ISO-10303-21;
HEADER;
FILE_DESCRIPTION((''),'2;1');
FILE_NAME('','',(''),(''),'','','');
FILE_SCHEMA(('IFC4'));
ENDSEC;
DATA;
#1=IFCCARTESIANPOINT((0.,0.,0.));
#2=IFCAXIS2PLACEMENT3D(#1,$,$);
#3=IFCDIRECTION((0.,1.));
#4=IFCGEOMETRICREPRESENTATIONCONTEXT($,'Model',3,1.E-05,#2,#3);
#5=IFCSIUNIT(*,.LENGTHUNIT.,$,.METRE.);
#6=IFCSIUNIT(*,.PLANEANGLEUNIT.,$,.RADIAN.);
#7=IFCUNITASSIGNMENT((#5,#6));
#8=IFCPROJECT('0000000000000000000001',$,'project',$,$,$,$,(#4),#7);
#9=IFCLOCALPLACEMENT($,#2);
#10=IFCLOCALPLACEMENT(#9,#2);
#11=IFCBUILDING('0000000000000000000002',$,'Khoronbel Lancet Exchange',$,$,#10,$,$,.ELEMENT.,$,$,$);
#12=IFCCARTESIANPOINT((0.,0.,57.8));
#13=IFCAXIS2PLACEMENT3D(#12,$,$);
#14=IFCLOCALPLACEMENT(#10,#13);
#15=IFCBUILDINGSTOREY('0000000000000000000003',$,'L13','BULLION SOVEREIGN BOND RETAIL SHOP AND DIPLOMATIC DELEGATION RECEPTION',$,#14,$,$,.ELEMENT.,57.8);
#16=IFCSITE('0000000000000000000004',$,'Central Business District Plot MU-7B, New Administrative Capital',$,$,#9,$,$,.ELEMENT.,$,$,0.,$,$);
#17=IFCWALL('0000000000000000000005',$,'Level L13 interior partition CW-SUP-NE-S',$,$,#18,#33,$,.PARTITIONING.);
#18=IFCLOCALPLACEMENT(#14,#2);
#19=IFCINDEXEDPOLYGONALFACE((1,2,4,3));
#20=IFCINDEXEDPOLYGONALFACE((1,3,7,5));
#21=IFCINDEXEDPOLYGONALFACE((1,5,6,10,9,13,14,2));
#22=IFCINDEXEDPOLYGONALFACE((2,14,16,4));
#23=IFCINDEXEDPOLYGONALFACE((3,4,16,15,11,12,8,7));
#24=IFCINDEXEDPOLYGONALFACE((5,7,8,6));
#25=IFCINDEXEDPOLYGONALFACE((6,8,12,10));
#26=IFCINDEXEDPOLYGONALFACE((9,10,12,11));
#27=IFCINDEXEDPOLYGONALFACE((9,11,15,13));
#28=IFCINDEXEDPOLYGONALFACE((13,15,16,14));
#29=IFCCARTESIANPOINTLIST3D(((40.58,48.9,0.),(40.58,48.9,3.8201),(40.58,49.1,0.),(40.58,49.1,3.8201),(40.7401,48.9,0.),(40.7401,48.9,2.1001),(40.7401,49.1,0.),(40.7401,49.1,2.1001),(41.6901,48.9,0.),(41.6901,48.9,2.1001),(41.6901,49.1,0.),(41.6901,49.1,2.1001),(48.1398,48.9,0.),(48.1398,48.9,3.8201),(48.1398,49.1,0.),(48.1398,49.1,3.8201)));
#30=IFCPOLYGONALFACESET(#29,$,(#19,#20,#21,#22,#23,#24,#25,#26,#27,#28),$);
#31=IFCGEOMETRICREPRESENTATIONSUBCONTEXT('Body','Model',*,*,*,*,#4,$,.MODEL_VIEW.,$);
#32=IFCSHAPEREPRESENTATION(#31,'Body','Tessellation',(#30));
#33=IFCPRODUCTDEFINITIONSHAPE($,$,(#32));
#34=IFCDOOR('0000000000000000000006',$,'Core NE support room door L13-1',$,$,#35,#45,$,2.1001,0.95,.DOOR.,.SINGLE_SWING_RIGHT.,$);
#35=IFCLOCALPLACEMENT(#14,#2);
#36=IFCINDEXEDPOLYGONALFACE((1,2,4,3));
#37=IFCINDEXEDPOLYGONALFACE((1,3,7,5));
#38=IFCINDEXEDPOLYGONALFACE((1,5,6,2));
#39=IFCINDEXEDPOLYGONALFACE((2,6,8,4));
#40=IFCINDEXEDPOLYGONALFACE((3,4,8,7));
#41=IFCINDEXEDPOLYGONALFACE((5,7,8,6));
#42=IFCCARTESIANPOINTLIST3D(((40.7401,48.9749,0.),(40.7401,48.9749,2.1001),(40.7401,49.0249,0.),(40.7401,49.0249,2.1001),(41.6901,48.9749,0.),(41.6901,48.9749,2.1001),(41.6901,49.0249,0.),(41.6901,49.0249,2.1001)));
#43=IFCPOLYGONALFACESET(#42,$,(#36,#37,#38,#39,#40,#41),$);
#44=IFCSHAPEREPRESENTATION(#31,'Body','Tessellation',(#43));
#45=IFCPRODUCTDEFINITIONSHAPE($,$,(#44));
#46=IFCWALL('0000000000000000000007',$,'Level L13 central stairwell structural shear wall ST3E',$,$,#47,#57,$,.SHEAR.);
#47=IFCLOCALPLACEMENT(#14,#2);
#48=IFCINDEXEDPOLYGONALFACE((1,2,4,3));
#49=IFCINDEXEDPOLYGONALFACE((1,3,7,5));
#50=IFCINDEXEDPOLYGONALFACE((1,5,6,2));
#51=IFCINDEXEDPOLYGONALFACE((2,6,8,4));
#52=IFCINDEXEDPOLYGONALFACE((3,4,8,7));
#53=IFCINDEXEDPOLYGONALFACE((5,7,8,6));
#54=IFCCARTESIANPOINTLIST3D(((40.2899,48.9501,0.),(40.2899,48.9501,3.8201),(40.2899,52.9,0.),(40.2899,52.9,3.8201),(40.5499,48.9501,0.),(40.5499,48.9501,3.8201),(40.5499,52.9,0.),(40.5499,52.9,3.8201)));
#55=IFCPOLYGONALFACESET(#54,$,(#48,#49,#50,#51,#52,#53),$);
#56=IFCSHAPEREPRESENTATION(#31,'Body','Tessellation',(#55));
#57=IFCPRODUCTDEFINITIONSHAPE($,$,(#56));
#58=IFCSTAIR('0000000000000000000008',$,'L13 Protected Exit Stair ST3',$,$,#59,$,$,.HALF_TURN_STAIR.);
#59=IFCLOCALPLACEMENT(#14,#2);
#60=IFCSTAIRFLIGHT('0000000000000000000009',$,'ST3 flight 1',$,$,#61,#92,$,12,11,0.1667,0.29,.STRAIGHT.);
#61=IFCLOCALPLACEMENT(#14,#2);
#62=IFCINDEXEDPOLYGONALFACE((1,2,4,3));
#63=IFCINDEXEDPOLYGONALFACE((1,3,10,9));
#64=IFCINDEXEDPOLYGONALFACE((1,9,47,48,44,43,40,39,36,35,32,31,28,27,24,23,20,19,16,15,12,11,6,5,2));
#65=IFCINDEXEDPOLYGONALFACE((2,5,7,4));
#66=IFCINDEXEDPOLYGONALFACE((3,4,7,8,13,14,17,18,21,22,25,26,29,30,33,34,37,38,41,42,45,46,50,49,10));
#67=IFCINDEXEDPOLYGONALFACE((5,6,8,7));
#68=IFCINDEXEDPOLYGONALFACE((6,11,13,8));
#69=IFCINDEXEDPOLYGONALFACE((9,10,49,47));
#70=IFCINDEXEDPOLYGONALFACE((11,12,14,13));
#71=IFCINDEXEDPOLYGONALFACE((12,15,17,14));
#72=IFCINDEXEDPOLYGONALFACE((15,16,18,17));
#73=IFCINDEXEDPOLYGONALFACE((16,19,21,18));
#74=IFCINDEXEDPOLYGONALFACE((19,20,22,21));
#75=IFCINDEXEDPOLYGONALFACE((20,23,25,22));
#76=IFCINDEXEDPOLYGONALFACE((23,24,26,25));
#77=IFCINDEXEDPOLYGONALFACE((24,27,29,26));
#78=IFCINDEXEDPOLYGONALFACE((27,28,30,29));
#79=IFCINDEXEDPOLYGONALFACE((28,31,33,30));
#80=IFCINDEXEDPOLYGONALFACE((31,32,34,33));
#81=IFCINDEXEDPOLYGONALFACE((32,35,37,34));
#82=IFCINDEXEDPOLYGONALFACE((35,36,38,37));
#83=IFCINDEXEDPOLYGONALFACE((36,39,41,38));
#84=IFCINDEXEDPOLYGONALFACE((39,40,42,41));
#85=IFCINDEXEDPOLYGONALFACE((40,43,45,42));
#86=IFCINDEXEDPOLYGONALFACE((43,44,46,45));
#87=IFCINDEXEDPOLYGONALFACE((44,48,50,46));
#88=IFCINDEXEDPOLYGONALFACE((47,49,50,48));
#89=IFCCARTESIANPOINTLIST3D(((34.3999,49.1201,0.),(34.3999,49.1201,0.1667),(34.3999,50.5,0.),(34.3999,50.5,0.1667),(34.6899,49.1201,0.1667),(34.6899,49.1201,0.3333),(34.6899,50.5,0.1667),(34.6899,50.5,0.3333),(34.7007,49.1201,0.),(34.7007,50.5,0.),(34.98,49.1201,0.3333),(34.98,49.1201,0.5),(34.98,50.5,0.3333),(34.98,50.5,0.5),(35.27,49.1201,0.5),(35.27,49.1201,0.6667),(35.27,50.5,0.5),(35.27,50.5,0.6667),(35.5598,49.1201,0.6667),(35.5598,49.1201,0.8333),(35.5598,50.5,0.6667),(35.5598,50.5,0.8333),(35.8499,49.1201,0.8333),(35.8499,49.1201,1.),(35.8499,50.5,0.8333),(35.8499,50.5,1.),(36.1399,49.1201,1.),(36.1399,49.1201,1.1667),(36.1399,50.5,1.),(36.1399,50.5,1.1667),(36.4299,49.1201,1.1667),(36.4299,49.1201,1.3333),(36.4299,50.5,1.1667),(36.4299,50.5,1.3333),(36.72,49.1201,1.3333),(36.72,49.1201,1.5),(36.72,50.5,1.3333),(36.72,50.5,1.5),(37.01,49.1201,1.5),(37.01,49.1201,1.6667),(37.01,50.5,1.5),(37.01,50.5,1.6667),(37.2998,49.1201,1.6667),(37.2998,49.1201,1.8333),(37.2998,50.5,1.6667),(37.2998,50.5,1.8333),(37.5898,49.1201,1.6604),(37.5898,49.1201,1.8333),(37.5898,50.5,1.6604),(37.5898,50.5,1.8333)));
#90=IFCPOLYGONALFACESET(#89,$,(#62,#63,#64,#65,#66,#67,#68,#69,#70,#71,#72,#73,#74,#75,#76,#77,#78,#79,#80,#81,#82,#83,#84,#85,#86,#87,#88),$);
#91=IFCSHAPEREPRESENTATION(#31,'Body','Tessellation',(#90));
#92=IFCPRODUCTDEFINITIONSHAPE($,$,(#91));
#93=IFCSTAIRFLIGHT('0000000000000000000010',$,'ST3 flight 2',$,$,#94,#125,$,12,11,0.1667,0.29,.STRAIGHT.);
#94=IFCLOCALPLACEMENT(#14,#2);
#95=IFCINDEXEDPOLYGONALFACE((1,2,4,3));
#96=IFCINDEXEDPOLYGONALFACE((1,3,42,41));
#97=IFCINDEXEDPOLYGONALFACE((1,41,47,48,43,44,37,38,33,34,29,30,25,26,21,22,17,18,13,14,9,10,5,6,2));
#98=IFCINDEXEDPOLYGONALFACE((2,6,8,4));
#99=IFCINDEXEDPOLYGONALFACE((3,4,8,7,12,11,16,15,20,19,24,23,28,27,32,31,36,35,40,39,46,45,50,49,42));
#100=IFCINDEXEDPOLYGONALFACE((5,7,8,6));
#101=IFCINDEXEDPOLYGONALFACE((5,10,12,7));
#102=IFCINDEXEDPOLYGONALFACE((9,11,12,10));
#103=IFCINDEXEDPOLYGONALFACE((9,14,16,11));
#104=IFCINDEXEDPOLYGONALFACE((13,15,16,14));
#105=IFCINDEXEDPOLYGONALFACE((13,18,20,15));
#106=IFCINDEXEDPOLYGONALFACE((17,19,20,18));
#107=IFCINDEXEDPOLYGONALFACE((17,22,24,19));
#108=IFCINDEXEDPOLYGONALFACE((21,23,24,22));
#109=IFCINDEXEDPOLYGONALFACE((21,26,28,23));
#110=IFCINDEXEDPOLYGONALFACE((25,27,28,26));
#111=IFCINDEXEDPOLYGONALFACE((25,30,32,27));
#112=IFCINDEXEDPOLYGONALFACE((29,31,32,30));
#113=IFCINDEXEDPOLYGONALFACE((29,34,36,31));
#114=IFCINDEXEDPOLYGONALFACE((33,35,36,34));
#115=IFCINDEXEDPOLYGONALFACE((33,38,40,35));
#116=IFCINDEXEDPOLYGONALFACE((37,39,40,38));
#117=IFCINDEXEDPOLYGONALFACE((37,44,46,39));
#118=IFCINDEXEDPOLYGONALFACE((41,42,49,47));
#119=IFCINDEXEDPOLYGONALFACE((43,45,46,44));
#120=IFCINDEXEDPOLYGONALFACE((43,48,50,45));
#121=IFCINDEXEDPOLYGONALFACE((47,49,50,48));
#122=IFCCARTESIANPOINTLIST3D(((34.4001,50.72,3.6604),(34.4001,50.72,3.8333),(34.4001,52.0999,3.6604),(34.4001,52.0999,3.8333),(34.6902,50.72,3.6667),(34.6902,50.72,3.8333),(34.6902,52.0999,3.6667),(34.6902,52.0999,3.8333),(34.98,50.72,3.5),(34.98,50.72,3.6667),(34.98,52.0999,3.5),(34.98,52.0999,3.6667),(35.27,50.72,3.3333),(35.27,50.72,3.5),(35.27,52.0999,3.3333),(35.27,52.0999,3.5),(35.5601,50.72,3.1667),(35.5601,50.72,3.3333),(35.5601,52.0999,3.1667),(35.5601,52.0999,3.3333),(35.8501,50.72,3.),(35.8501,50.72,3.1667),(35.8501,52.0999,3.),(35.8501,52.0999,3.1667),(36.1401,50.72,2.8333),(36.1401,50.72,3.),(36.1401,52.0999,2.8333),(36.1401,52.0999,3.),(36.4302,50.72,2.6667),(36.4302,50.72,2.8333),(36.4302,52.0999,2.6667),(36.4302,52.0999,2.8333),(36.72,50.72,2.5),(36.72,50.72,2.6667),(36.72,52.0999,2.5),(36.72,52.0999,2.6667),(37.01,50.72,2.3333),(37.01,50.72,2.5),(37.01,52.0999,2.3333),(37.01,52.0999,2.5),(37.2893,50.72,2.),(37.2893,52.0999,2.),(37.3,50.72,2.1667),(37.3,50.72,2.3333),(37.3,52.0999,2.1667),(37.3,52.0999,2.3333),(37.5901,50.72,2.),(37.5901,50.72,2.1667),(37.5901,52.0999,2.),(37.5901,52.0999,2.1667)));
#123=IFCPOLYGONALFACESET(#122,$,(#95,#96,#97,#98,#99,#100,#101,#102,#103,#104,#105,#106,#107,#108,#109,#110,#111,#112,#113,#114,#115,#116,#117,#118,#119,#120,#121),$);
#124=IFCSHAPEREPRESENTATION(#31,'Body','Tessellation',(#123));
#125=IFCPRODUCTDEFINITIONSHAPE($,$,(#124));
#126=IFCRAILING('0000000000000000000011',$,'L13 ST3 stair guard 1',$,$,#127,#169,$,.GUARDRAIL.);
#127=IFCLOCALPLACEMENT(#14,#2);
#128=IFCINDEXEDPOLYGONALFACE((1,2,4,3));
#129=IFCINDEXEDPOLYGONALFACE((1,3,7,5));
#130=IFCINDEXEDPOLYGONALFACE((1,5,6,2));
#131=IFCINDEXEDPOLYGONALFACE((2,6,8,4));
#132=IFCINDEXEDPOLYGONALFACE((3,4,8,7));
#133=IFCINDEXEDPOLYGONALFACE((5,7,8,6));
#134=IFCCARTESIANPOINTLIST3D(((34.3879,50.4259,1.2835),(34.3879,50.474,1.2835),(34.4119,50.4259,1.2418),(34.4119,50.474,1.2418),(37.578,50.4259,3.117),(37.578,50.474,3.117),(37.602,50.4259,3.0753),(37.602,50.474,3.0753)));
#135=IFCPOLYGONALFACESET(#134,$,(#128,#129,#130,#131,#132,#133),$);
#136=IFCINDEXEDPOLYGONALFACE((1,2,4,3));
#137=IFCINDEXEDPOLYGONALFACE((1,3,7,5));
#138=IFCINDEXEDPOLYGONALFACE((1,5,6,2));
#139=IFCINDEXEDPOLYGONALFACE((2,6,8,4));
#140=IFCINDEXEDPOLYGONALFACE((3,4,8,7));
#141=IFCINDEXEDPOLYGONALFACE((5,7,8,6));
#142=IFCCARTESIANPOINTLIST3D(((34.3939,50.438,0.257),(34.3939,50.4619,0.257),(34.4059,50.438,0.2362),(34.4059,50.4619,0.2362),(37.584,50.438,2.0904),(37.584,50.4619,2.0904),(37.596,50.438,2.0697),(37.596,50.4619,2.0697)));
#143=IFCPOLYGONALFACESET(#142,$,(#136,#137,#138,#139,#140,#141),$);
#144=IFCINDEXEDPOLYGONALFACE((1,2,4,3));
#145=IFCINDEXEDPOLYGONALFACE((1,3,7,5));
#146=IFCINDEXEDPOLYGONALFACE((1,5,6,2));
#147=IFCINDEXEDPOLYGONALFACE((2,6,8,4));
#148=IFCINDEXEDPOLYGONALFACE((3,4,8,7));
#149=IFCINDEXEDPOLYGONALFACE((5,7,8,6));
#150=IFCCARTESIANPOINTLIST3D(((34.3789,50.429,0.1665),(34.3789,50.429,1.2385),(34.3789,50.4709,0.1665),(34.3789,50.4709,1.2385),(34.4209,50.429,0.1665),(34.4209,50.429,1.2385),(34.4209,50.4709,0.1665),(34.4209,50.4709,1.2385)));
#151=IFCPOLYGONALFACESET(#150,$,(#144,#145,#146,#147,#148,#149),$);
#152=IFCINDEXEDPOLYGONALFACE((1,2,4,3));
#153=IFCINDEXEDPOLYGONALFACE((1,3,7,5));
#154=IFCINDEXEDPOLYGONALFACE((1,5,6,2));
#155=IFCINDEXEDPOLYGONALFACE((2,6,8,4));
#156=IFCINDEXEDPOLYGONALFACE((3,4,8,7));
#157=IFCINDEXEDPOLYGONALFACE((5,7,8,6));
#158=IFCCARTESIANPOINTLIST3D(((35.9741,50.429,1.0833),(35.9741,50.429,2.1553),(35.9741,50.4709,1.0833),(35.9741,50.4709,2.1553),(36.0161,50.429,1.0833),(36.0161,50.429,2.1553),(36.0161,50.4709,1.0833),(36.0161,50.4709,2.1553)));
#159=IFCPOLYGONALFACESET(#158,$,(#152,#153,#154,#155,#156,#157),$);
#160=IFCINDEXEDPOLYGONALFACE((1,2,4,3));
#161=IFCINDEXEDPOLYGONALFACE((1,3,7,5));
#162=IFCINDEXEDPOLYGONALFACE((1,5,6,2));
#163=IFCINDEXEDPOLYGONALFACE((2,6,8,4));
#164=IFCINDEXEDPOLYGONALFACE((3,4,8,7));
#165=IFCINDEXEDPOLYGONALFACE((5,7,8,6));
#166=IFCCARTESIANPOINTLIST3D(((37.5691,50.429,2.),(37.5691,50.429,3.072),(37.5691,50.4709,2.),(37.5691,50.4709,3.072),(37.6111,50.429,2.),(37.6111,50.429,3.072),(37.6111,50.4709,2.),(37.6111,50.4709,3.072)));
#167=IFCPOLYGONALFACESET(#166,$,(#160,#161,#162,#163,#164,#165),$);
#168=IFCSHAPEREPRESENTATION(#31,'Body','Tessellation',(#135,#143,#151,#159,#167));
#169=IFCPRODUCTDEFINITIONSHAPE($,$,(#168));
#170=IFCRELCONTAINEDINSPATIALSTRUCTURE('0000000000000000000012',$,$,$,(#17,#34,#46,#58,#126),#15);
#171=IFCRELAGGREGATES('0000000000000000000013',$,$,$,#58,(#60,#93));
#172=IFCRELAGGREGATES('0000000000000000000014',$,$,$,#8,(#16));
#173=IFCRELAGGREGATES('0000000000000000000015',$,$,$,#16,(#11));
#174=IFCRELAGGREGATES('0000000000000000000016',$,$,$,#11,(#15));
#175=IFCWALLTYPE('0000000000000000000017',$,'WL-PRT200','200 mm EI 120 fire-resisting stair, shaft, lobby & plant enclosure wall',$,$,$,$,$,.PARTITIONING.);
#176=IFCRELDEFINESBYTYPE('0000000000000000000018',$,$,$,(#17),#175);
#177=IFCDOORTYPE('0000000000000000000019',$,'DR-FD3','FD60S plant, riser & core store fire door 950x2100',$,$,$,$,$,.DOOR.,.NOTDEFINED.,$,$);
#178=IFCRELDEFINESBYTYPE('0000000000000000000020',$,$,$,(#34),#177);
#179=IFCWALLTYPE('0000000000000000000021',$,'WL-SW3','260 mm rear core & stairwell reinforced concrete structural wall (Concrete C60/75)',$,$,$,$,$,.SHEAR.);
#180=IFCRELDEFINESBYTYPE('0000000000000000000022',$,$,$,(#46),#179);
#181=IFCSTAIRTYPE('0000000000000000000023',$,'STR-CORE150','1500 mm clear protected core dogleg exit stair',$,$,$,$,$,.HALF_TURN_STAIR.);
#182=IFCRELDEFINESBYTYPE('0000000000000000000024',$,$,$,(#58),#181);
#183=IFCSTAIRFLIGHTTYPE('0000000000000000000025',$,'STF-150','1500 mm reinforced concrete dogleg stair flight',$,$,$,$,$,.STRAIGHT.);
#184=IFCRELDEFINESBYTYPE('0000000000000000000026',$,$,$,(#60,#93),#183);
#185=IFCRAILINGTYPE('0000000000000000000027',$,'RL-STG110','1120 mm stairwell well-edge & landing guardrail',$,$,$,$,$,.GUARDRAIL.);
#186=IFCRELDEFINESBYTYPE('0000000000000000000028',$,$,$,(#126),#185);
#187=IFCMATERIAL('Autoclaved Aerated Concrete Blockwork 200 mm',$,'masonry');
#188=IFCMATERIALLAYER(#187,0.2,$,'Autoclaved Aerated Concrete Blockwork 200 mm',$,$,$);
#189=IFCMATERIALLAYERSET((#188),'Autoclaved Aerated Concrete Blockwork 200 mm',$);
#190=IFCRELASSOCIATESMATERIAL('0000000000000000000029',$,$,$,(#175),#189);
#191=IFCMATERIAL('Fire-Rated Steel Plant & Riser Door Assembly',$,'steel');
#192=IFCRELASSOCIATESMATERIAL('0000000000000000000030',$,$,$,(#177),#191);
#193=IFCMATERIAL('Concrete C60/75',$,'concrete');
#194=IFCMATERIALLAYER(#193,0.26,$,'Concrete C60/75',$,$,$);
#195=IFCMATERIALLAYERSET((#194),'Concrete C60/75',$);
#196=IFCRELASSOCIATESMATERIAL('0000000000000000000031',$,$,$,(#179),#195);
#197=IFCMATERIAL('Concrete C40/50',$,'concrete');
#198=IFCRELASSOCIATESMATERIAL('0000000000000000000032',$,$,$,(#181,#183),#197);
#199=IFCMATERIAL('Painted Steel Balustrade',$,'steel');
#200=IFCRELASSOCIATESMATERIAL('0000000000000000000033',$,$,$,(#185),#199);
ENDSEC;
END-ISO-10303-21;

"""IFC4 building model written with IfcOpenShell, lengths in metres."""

from ifc_helpers import new_model, si_unit, direction, frame, frame_2d, origin, origin_2d, place, context, subcontext, project, spatial, polyline, rectangle, outline, extrude, material, layer, layer_set, type_object, element, fill, aggregate, save


model = new_model("IFC4")

# Units and contexts
model_context = context("Model", 3, precision=1e-05, world=origin(), true_north=direction((0.0, 1.0)))
body_context = subcontext(model_context, "Body", "Model", "MODEL_VIEW")
ifc_project = project(units=[si_unit("LENGTHUNIT", "METRE"), si_unit("PLANEANGLEUNIT", "RADIAN")], contexts=[model_context])

# Site, building, storey
site_placement = place(None, origin())
site = spatial("IfcSite", under=ifc_project, at=site_placement, Name="Central Business District Plot MU-7B, New Administrative Capital", CompositionType="ELEMENT", RefElevation=0.0)
building_placement = place(site_placement, origin())
building = spatial("IfcBuilding", under=site, at=building_placement, Name="Khoronbel Lancet Exchange", CompositionType="ELEMENT")
storey_placement = place(building_placement, frame((0.0, 0.0, 57.8)))
storey = spatial("IfcBuildingStorey", under=building, at=storey_placement, Name="L13", Description="BULLION SOVEREIGN BOND RETAIL SHOP AND DIPLOMATIC DELEGATION RECEPTION", CompositionType="ELEMENT", Elevation=57.8)

# Shared definitions
ifc_material_1 = material(Name="Autoclaved Aerated Concrete Blockwork 200 mm", Category="masonry")
ifc_layer_1 = layer(ifc_material_1, 0.2, Name="Autoclaved Aerated Concrete Blockwork 200 mm")
ifc_layer_set_1 = layer_set([ifc_layer_1], Name="Autoclaved Aerated Concrete Blockwork 200 mm")
wall_type_1 = type_object("IfcWallType", Name="WL-PRT200", Description="200 mm EI 120 fire-resisting stair, shaft, lobby & plant enclosure wall", PredefinedType="PARTITIONING", material=ifc_layer_set_1)

# Wall, opening, door
wall_1_placement = place(storey_placement, frame((40.5801, 49.0, 0.0), z_axis=(0.0, 0.0, 1.0), x_axis=(1.0, 0.0, 0.0)))
wall_1 = element("IfcWall", 1, at=wall_1_placement, inside=storey, type_object=wall_type_1, Name="Level L13 interior partition CW-SUP-NE-S", PredefinedType="PARTITIONING", context=body_context, shape_type="SweptSolid", body=[
    extrude(rectangle(XDim=7.5598, YDim=0.2, at=frame_2d((3.7798, 0.0))), origin(), (0.0, 0.0, 1.0), 3.8201),
])
opening_placement = place(wall_1_placement, frame((0.1599, 0.0, 0.0)))
opening = element("IfcOpeningElement", 2, at=opening_placement, cuts=wall_1, PredefinedType="OPENING", context=body_context, shape_type="SweptSolid", body=[
    extrude(rectangle(XDim=0.95, YDim=2.1001, at=frame_2d((0.4751, 1.05))), frame((0.0, 0.1099, 0.0), z_axis=(0.0, -1.0, 0.0), x_axis=(1.0, 0.0, 0.0)), (0.0, 0.0, 1.0), 0.22),
])
ifc_material_2 = material(Name="Fire-Rated Steel Plant & Riser Door Assembly", Category="steel")
door_type = type_object("IfcDoorType", Name="DR-FD3", Description="FD60S plant, riser & core store fire door 950x2100", OperationType="NOTDEFINED", PredefinedType="DOOR", material=ifc_material_2)
door_placement = place(opening_placement, origin())
door = element("IfcDoor", 3, at=door_placement, inside=storey, type_object=door_type, Name="Core NE support room door L13-1", OperationType="SINGLE_SWING_RIGHT", OverallHeight=2.1001, OverallWidth=0.95, PredefinedType="DOOR", context=body_context, shape_type="SweptSolid", body=[
    extrude(rectangle(XDim=0.95, YDim=2.1001, at=frame_2d((0.4751, 1.05))), frame((0.0, 0.0249, 0.0), z_axis=(0.0, -1.0, 0.0), x_axis=(1.0, 0.0, 0.0)), (0.0, 0.0, 1.0), 0.05),
])
fill(opening, door)

# Wall
ifc_material_3 = material(Name="Concrete C60/75", Category="concrete")
ifc_layer_2 = layer(ifc_material_3, 0.26, Name="Concrete C60/75")
ifc_layer_set_2 = layer_set([ifc_layer_2], Name="Concrete C60/75")
wall_type_2 = type_object("IfcWallType", Name="WL-SW3", Description="260 mm rear core & stairwell reinforced concrete structural wall (Concrete C60/75)", PredefinedType="SHEAR", material=ifc_layer_set_2)
wall_2_placement = place(storey_placement, frame((40.4199, 48.95, 0.0), z_axis=(0.0, 0.0, 1.0), x_axis=(0.0, 1.0, 0.0)))
element("IfcWall", 4, at=wall_2_placement, inside=storey, type_object=wall_type_2, Name="Level L13 central stairwell structural shear wall ST3E", PredefinedType="SHEAR", context=body_context, shape_type="SweptSolid", body=[
    extrude(rectangle(XDim=3.95, YDim=0.26, at=frame_2d((1.9751, 0.0))), origin(), (0.0, 0.0, 1.0), 3.8201),
])

# Stair, stair flights
ifc_material_4 = material(Name="Concrete C40/50", Category="concrete")
stair_type = type_object("IfcStairType", Name="STR-CORE150", Description="1500 mm clear protected core dogleg exit stair", PredefinedType="HALF_TURN_STAIR", material=ifc_material_4)
stair_placement = place(storey_placement, origin())
stair = element("IfcStair", 5, at=stair_placement, inside=storey, type_object=stair_type, Name="L13 Protected Exit Stair ST3", PredefinedType="HALF_TURN_STAIR")
stair_flight_type = type_object("IfcStairFlightType", Name="STF-150", Description="1500 mm reinforced concrete dogleg stair flight", PredefinedType="STRAIGHT", material=ifc_material_4)
stair_flight_1_placement = place(storey_placement, frame((34.3999, 49.8101, 0.0), z_axis=(0.0, 0.0, 1.0), x_axis=(1.0, 0.0, 0.0)))
stair_flight_1 = element("IfcStairFlight", 6, at=stair_flight_1_placement, type_object=stair_flight_type, Name="ST3 flight 1", NumberOfRisers=12, NumberOfTreads=11, PredefinedType="STRAIGHT", RiserHeight=0.1667, TreadLength=0.29, context=body_context, shape_type="SweptSolid", body=[
    extrude(outline(polyline([(0.0, 0.0), (0.0, 0.1667), (0.29, 0.1667), (0.29, 0.3333), (0.5801, 0.3333), (0.5801, 0.5), (0.8701, 0.5), (0.8701, 0.6667), (1.1599, 0.6667), (1.1599, 0.8333), (1.45, 0.8333), (1.45, 1.0), (1.74, 1.0), (1.74, 1.1667), (2.03, 1.1667), (2.03, 1.3333), (2.3201, 1.3333), (2.3201, 1.5), (2.6101, 1.5), (2.6101, 1.6667), (2.8999, 1.6667), (2.8999, 1.8333), (3.1899, 1.8333), (3.1899, 2.0), (3.1899, 1.6604), (0.3008, 0.0), (0.0, 0.0)])), frame((0.0, 0.6899, 0.0), z_axis=(0.0, -1.0, 0.0), x_axis=(1.0, 0.0, 0.0)), (0.0, 0.0, 1.0), 1.3799),
])
stair_flight_2_placement = place(storey_placement, frame((37.5901, 51.4099, 2.0), z_axis=(0.0, 0.0, 1.0), x_axis=(-1.0, 0.0, 0.0)))
stair_flight_2 = element("IfcStairFlight", 7, at=stair_flight_2_placement, type_object=stair_flight_type, Name="ST3 flight 2", NumberOfRisers=12, NumberOfTreads=11, PredefinedType="STRAIGHT", RiserHeight=0.1667, TreadLength=0.29, context=body_context, shape_type="SweptSolid", body=[
    extrude(outline(polyline([(0.0, 0.0), (0.0, 0.1667), (0.29, 0.1667), (0.29, 0.3333), (0.5801, 0.3333), (0.5801, 0.5), (0.8701, 0.5), (0.8701, 0.6667), (1.1599, 0.6667), (1.1599, 0.8333), (1.45, 0.8333), (1.45, 1.0), (1.74, 1.0), (1.74, 1.1667), (2.03, 1.1667), (2.03, 1.3333), (2.3201, 1.3333), (2.3201, 1.5), (2.6101, 1.5), (2.6101, 1.6667), (2.8999, 1.6667), (2.8999, 1.8333), (3.1899, 1.8333), (3.1899, 2.0), (3.1899, 1.6604), (0.3008, 0.0), (0.0, 0.0)])), frame((0.0, 0.6899, 0.0), z_axis=(0.0, -1.0, 0.0), x_axis=(1.0, 0.0, 0.0)), (0.0, 0.0, 1.0), 1.3799),
])
aggregate(stair, [stair_flight_1, stair_flight_2])

# Railing
ifc_material_5 = material(Name="Painted Steel Balustrade", Category="steel")
railing_type_1 = type_object("IfcRailingType", Name="RL-STG110", Description="1120 mm stairwell well-edge & landing guardrail", PredefinedType="GUARDRAIL", material=ifc_material_5)
railing_1_placement = place(storey_placement, frame((34.3999, 50.45, 0.1665)))
element("IfcRailing", 8, at=railing_1_placement, inside=storey, type_object=railing_type_1, Name="L13 ST3 stair guard 1", PredefinedType="GUARDRAIL", context=body_context, shape_type="SweptSolid", body=[
    extrude(rectangle(XDim=0.0481, YDim=0.0481, at=origin_2d()), frame((0.0, 0.0, 1.0962), z_axis=(0.867007, 0.0, 0.498295), x_axis=(0.0, 1.0, 0.0)), (0.0, 0.0, 1.0), 3.6794),
    extrude(rectangle(XDim=0.0239, YDim=0.0239, at=origin_2d()), frame((0.0, 0.0, 0.0801), z_axis=(0.867007, 0.0, 0.498295), x_axis=(0.0, 1.0, 0.0)), (0.0, 0.0, 1.0), 3.6794),
    extrude(rectangle(XDim=0.042, YDim=0.042, at=origin_2d()), origin(), (0.0, 0.0, 1.0), 1.072),
    extrude(rectangle(XDim=0.042, YDim=0.042, at=origin_2d()), frame((1.5952, 0.0, 0.9167)), (0.0, 0.0, 1.0), 1.072),
    extrude(rectangle(XDim=0.042, YDim=0.042, at=origin_2d()), frame((3.1902, 0.0, 1.8335)), (0.0, 0.0, 1.0), 1.072),
])

save(model, "model.ifc")
